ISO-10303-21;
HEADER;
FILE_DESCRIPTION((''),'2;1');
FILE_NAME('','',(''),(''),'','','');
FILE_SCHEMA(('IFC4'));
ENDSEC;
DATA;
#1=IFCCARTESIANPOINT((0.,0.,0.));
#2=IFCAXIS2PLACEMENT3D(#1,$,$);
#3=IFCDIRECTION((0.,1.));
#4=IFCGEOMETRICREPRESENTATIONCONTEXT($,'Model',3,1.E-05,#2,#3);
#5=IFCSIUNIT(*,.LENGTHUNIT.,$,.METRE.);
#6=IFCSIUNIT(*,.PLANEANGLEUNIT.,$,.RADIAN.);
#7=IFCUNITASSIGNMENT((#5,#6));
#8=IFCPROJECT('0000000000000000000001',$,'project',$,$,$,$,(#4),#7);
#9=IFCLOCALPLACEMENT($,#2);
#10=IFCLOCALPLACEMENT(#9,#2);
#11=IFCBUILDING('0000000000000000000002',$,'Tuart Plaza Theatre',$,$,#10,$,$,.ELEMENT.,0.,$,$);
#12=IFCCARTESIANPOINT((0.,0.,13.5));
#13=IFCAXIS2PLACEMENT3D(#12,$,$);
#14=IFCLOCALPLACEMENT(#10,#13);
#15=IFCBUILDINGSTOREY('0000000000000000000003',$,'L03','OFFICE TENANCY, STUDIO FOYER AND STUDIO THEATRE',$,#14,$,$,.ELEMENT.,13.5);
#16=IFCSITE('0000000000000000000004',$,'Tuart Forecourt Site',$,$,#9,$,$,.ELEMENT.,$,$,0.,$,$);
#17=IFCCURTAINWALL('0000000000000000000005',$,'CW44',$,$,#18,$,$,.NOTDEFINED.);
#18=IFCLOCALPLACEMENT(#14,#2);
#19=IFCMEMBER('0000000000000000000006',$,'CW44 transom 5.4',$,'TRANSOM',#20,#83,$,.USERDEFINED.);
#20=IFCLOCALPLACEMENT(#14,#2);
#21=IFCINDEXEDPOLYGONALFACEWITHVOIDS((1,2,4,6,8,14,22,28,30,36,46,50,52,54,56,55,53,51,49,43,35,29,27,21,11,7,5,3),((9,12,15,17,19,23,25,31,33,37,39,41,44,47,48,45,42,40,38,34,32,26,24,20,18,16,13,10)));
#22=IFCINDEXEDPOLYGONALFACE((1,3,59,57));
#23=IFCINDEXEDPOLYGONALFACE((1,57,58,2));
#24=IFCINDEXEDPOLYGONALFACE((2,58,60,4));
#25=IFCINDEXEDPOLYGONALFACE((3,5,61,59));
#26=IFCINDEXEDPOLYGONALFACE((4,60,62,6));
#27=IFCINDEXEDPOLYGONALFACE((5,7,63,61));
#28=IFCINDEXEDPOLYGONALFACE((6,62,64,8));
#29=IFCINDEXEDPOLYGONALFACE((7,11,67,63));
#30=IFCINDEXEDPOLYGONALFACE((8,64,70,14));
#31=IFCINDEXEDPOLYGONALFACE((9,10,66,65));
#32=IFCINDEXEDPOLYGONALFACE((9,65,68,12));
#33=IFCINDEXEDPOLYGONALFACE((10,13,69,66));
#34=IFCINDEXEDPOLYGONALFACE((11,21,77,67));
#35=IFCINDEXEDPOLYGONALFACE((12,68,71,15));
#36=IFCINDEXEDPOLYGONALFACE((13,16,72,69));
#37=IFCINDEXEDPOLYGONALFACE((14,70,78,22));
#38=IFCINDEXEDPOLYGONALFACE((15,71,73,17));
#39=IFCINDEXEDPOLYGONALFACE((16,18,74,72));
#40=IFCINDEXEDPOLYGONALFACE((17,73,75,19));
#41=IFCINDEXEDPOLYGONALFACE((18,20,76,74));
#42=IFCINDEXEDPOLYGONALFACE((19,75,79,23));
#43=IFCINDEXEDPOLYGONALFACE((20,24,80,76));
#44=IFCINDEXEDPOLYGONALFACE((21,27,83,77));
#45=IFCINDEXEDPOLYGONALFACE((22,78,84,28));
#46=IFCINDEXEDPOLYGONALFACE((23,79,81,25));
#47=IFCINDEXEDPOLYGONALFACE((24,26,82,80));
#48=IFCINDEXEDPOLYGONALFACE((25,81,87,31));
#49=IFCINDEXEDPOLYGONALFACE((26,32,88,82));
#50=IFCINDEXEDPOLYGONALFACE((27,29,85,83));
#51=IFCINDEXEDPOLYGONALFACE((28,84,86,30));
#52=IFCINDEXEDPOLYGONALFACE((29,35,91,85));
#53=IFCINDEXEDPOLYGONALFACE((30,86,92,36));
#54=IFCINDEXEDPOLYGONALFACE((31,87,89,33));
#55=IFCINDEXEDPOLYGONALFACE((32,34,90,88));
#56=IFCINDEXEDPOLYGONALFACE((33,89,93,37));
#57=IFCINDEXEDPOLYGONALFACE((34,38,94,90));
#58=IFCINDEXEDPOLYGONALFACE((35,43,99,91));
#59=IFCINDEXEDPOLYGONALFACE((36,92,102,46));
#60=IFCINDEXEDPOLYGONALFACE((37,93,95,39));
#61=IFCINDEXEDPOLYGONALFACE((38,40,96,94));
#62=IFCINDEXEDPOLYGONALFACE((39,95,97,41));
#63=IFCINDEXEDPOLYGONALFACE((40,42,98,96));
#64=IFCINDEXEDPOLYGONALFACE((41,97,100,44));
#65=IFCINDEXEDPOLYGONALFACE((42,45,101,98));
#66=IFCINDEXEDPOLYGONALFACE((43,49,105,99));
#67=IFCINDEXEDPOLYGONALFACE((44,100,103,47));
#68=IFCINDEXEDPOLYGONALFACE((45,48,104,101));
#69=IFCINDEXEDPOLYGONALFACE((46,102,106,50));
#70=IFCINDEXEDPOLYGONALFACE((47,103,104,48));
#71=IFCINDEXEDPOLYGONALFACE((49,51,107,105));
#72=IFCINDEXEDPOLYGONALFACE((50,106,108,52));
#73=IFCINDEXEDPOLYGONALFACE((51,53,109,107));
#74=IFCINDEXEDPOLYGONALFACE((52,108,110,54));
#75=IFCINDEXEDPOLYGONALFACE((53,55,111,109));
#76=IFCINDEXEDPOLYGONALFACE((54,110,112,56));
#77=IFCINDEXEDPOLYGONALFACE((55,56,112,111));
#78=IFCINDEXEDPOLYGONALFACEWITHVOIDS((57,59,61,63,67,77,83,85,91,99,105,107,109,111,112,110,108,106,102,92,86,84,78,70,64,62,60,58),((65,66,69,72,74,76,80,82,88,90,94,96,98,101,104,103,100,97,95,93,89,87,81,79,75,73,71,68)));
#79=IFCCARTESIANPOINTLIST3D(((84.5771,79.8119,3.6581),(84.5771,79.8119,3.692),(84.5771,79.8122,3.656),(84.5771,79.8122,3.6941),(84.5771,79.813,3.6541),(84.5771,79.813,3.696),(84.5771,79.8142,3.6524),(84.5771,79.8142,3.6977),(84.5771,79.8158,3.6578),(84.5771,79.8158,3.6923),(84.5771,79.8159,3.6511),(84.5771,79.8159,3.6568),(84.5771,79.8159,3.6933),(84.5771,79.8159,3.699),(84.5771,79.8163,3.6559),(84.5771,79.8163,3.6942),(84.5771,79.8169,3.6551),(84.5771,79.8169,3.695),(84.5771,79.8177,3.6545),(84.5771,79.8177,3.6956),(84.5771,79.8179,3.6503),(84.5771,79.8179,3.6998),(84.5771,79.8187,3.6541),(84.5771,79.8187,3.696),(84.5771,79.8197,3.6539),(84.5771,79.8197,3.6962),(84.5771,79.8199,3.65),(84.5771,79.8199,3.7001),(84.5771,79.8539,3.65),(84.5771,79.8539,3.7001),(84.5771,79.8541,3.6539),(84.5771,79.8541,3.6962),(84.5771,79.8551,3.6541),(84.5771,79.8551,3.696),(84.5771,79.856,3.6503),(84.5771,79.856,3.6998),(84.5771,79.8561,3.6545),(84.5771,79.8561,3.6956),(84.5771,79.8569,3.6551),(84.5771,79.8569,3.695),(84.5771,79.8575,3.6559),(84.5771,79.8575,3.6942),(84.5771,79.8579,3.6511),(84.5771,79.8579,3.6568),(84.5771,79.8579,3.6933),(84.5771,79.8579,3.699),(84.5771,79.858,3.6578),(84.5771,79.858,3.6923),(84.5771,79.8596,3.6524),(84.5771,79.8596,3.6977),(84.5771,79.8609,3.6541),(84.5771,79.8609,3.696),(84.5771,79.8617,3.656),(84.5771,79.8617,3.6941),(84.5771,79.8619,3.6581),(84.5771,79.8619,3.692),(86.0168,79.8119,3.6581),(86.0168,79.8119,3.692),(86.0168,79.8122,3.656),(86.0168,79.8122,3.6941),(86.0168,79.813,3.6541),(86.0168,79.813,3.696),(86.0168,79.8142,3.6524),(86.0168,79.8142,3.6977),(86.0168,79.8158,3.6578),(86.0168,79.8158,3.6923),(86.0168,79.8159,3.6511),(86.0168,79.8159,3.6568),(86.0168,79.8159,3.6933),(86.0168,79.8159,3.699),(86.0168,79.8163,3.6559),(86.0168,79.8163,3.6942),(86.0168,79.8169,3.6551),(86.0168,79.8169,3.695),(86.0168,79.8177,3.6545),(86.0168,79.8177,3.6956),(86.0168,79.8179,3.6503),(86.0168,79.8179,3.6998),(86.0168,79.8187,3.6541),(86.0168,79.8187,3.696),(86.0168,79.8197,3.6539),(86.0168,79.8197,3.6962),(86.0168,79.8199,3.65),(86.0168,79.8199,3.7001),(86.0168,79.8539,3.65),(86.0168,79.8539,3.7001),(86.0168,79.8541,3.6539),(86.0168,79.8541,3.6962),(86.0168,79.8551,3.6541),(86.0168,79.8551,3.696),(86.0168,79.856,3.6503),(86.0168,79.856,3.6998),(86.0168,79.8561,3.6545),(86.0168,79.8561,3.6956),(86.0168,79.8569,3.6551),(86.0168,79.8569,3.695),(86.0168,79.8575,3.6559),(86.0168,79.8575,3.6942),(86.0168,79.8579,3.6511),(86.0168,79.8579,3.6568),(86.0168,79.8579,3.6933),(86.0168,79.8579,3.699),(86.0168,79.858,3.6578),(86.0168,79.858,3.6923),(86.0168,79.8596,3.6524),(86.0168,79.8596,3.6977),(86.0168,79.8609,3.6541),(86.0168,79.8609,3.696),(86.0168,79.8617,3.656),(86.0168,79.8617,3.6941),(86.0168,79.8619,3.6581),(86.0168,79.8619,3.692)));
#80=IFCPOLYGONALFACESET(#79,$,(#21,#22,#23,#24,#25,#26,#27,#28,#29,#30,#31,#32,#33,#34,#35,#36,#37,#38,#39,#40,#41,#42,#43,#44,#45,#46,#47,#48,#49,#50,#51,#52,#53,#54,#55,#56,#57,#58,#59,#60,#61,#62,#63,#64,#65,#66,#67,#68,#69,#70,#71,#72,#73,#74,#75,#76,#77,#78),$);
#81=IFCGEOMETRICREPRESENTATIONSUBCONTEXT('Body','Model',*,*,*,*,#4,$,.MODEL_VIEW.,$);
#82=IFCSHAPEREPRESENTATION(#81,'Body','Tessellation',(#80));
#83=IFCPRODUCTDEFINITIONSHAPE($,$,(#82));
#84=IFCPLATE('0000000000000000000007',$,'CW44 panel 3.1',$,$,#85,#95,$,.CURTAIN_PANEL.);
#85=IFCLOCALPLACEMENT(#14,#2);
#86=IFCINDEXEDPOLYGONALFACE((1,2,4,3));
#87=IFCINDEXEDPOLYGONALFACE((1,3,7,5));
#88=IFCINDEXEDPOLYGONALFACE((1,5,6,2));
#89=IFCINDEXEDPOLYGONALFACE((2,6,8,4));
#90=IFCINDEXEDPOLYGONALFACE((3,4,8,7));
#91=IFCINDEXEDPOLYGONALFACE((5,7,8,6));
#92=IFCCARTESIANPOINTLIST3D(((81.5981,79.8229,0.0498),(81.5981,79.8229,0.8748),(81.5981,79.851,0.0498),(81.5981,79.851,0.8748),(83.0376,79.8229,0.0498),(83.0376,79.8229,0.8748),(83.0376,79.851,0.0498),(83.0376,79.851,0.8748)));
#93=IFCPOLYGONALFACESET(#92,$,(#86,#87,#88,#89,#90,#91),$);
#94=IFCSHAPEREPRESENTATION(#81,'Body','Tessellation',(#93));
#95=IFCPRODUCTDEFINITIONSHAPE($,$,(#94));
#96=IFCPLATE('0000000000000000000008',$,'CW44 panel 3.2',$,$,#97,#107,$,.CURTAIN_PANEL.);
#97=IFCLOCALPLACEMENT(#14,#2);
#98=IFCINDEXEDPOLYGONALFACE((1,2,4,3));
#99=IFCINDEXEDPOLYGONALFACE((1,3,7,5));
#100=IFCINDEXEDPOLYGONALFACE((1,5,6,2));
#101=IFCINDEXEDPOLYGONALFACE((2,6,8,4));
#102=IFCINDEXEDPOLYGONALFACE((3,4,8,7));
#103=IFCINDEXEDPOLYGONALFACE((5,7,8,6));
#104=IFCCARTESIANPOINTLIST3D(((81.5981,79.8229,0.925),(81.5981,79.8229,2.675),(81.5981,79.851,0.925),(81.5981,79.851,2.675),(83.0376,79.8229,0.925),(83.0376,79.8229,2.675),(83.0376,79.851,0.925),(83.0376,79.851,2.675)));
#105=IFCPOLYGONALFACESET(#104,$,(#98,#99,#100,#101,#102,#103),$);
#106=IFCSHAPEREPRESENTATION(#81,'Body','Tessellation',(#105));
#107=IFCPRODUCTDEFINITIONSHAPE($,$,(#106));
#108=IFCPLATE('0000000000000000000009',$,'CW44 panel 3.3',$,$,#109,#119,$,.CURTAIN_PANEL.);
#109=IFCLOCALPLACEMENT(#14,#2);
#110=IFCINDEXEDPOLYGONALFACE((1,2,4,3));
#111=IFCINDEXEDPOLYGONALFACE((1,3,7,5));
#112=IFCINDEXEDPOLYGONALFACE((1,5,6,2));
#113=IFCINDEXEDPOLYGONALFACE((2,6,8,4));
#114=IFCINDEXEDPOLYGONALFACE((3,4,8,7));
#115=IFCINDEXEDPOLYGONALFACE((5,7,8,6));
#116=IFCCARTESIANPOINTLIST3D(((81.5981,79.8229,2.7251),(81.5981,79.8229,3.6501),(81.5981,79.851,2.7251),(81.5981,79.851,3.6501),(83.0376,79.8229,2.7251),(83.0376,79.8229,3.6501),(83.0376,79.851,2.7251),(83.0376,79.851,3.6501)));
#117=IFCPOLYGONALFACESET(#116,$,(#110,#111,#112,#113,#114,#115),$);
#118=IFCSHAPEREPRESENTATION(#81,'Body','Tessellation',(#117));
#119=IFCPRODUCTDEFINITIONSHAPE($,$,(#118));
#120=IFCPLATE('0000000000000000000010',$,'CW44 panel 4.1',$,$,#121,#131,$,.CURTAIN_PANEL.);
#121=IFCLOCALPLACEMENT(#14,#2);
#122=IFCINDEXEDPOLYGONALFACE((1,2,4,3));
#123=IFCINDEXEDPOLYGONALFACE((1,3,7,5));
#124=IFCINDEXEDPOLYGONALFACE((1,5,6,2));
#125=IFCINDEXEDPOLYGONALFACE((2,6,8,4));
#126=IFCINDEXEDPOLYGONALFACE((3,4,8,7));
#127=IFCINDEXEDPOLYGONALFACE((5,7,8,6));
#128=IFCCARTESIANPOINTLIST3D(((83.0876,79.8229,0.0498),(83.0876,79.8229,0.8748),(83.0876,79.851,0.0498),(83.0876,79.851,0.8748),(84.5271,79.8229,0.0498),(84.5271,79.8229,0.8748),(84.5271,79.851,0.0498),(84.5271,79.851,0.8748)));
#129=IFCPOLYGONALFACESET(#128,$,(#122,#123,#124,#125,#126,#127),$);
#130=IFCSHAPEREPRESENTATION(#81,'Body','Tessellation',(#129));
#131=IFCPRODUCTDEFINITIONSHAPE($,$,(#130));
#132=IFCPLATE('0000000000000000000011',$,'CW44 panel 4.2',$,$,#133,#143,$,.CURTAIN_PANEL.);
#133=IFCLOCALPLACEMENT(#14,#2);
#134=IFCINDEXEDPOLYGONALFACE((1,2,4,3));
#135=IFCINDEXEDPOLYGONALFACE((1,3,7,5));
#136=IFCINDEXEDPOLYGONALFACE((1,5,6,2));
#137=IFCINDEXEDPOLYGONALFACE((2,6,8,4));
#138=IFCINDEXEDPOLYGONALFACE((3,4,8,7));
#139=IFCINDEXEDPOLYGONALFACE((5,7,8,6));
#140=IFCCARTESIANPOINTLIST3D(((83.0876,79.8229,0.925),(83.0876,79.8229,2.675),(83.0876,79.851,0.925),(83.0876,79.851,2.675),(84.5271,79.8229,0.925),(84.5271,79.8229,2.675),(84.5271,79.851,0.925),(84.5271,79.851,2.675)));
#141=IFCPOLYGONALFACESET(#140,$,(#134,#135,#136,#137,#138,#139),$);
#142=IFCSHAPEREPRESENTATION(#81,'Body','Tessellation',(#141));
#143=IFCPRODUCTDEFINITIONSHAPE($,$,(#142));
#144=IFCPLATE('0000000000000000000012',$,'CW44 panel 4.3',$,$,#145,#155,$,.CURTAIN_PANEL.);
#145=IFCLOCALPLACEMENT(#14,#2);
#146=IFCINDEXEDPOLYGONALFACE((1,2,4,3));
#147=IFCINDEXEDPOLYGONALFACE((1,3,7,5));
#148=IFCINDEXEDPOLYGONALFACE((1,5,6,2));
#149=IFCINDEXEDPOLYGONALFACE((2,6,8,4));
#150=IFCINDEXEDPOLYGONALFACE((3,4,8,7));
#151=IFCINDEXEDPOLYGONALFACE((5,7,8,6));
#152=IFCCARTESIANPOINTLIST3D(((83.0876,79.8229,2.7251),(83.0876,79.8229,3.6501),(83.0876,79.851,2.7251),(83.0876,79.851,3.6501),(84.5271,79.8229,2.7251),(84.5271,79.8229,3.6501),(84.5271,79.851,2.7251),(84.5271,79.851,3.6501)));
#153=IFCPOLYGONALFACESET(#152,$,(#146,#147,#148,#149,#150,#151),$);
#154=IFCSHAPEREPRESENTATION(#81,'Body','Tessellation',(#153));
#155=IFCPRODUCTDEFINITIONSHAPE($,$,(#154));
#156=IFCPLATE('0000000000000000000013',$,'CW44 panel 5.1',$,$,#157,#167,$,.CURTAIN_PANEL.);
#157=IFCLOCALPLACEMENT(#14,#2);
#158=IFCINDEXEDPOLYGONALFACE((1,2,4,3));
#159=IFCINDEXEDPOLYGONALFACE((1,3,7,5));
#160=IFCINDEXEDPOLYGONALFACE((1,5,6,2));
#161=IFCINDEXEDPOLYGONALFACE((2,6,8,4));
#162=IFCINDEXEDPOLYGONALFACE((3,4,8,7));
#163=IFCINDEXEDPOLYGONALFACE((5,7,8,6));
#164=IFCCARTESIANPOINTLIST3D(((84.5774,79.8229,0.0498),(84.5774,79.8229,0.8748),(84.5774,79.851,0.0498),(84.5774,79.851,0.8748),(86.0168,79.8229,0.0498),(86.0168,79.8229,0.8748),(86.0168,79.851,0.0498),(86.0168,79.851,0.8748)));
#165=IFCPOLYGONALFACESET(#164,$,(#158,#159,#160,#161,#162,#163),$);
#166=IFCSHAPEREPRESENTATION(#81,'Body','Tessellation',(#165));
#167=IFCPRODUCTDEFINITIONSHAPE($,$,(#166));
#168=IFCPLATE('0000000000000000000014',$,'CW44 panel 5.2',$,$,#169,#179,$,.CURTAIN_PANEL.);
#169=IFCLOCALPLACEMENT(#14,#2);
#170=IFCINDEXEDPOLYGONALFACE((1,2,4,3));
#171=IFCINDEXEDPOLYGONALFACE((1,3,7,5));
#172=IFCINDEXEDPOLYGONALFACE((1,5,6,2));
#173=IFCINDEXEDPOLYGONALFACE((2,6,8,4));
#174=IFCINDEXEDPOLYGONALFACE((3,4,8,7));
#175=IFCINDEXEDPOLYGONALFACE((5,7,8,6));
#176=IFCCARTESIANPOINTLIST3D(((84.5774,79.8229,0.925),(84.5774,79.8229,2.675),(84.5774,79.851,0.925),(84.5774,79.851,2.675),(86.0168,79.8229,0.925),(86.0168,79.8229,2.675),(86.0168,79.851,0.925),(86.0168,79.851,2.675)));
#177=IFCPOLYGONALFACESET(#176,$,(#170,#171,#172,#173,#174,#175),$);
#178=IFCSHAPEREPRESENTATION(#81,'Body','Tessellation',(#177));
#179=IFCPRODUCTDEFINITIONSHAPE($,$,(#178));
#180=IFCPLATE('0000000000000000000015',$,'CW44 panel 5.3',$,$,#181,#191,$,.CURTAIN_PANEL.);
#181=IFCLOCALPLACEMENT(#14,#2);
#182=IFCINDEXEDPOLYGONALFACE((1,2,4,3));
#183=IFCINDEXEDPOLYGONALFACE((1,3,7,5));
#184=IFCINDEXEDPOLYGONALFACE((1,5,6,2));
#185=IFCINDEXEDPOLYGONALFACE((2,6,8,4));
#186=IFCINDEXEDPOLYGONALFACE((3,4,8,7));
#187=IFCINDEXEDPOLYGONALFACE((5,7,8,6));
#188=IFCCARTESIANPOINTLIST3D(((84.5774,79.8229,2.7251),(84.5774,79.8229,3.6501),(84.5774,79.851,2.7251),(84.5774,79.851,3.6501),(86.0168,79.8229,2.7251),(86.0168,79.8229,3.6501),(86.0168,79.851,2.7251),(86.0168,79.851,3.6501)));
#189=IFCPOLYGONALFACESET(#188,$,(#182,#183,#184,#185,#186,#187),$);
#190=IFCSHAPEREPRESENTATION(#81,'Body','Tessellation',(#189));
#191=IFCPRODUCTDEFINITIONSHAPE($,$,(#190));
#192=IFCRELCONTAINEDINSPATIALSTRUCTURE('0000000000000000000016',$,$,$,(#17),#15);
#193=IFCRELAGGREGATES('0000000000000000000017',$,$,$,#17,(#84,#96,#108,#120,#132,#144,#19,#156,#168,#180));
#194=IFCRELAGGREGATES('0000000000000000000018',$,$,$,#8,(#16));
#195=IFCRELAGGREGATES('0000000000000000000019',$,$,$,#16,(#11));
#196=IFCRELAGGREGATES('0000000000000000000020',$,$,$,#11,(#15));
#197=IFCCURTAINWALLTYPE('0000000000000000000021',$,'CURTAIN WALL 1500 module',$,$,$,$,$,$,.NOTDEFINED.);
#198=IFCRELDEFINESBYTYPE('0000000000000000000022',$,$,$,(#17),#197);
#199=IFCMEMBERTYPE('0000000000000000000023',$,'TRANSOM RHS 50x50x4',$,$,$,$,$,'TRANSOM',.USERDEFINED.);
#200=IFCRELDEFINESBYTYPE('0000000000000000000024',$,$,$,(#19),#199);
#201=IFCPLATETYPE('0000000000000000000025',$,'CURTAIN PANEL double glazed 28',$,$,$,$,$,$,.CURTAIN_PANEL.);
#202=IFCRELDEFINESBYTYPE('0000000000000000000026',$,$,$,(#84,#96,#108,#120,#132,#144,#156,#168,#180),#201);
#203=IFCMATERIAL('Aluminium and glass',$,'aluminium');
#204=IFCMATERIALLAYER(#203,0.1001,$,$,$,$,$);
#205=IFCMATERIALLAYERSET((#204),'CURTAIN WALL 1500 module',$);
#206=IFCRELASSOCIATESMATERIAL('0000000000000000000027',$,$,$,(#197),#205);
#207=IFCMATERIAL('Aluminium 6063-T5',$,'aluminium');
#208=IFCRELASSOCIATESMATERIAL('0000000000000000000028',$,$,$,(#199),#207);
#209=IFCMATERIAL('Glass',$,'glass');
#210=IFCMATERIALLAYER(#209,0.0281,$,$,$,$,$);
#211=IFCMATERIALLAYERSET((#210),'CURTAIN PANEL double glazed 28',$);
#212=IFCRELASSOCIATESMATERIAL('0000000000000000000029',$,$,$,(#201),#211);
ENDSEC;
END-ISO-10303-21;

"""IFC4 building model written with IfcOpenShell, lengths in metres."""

from ifc_helpers import new_model, si_unit, direction, frame, origin, origin_2d, place, context, subcontext, project, spatial, rectangle, hollow_rectangle, extrude, material, layer, layer_set, material_profile, profile_set, type_object, element, aggregate, save


model = new_model("IFC4")

# Units and contexts
model_context = context("Model", 3, precision=1e-05, world=origin(), true_north=direction((0.0, 1.0)))
body_context = subcontext(model_context, "Body", "Model", "MODEL_VIEW")
ifc_project = project(units=[si_unit("LENGTHUNIT", "METRE"), si_unit("PLANEANGLEUNIT", "RADIAN")], contexts=[model_context])

# Site, building, storey
site_placement = place(None, origin())
site = spatial("IfcSite", under=ifc_project, at=site_placement, Name="Tuart Forecourt Site", CompositionType="ELEMENT", RefElevation=0.0)
building_placement = place(site_placement, origin())
building = spatial("IfcBuilding", under=site, at=building_placement, Name="Tuart Plaza Theatre", CompositionType="ELEMENT", ElevationOfRefHeight=0.0)
storey_placement = place(building_placement, frame((0.0, 0.0, 13.5)))
storey = spatial("IfcBuildingStorey", under=building, at=storey_placement, Name="L03", Description="OFFICE TENANCY, STUDIO FOYER AND STUDIO THEATRE", CompositionType="ELEMENT", Elevation=13.5)

# Curtain wall, member, plates
ifc_material_1 = material(Name="Aluminium and glass", Category="aluminium")
ifc_layer_1 = layer(ifc_material_1, 0.1001)
ifc_layer_set_1 = layer_set([ifc_layer_1], Name="CURTAIN WALL 1500 module")
curtain_wall_type = type_object("IfcCurtainWallType", Name="CURTAIN WALL 1500 module", PredefinedType="NOTDEFINED", material=ifc_layer_set_1)
curtain_wall_placement = place(storey_placement, origin())
curtain_wall = element("IfcCurtainWall", 1, at=curtain_wall_placement, inside=storey, type_object=curtain_wall_type, Name="CW44", PredefinedType="NOTDEFINED")
ifc_material_2 = material(Name="Aluminium 6063-T5", Category="aluminium")
ifc_material_profile_1 = material_profile(ifc_material_2, hollow_rectangle(XDim=0.05, YDim=0.05, WallThickness=0.0039, InnerFilletRadius=0.0039, OuterFilletRadius=0.0081, at=origin_2d()), Name="RHS 50x50x4")
ifc_profile_set_1 = profile_set([ifc_material_profile_1], Name="Aluminium 6063-T5")
member_type_1 = type_object("IfcMemberType", Name="TRANSOM RHS 50x50x4", ElementType="TRANSOM", PredefinedType="USERDEFINED", material=ifc_profile_set_1)
member_1_placement = place(storey_placement, frame((84.5771, 79.8369, 3.675), z_axis=(1.0, 0.0, 0.0), x_axis=(0.0, 1.0, 0.0)))
member_1 = element("IfcMember", 2, at=member_1_placement, type_object=member_type_1, Name="CW44 transom 5.4", ObjectType="TRANSOM", PredefinedType="USERDEFINED", context=body_context, shape_type="SweptSolid", body=[
    extrude(hollow_rectangle(XDim=0.05, YDim=0.05, WallThickness=0.0039, InnerFilletRadius=0.0039, OuterFilletRadius=0.0081, at=origin_2d()), origin(), (0.0, 0.0, 1.0), 1.4397),
])
ifc_material_3 = material(Name="Glass", Category="glass")
ifc_layer_2 = layer(ifc_material_3, 0.0281)
ifc_layer_set_2 = layer_set([ifc_layer_2], Name="CURTAIN PANEL double glazed 28")
plate_type = type_object("IfcPlateType", Name="CURTAIN PANEL double glazed 28", PredefinedType="CURTAIN_PANEL", material=ifc_layer_set_2)
plate_1_placement = place(storey_placement, frame((82.3179, 79.8369, 0.0498), z_axis=(0.0, 0.0, 1.0), x_axis=(1.0, 0.0, 0.0)))
plate_1 = element("IfcPlate", 3, at=plate_1_placement, type_object=plate_type, Name="CW44 panel 3.1", PredefinedType="CURTAIN_PANEL", context=body_context, shape_type="SweptSolid", body=[
    extrude(rectangle(XDim=1.4395, YDim=0.0281, at=origin_2d()), origin(), (0.0, 0.0, 1.0), 0.825),
])
plate_2_placement = place(storey_placement, frame((82.3179, 79.8369, 0.925), z_axis=(0.0, 0.0, 1.0), x_axis=(1.0, 0.0, 0.0)))
plate_2 = element("IfcPlate", 4, at=plate_2_placement, type_object=plate_type, Name="CW44 panel 3.2", PredefinedType="CURTAIN_PANEL", context=body_context, shape_type="SweptSolid", body=[
    extrude(rectangle(XDim=1.4395, YDim=0.0281, at=origin_2d()), origin(), (0.0, 0.0, 1.0), 1.75),
])
plate_3_placement = place(storey_placement, frame((82.3179, 79.8369, 2.7251), z_axis=(0.0, 0.0, 1.0), x_axis=(1.0, 0.0, 0.0)))
plate_3 = element("IfcPlate", 5, at=plate_3_placement, type_object=plate_type, Name="CW44 panel 3.3", PredefinedType="CURTAIN_PANEL", context=body_context, shape_type="SweptSolid", body=[
    extrude(rectangle(XDim=1.4395, YDim=0.0281, at=origin_2d()), origin(), (0.0, 0.0, 1.0), 0.925),
])
plate_4_placement = place(storey_placement, frame((83.8074, 79.8369, 0.0498), z_axis=(0.0, 0.0, 1.0), x_axis=(1.0, 0.0, 0.0)))
plate_4 = element("IfcPlate", 6, at=plate_4_placement, type_object=plate_type, Name="CW44 panel 4.1", PredefinedType="CURTAIN_PANEL", context=body_context, shape_type="SweptSolid", body=[
    extrude(rectangle(XDim=1.4395, YDim=0.0281, at=origin_2d()), origin(), (0.0, 0.0, 1.0), 0.825),
])
plate_5_placement = place(storey_placement, frame((83.8074, 79.8369, 0.925), z_axis=(0.0, 0.0, 1.0), x_axis=(1.0, 0.0, 0.0)))
plate_5 = element("IfcPlate", 7, at=plate_5_placement, type_object=plate_type, Name="CW44 panel 4.2", PredefinedType="CURTAIN_PANEL", context=body_context, shape_type="SweptSolid", body=[
    extrude(rectangle(XDim=1.4395, YDim=0.0281, at=origin_2d()), origin(), (0.0, 0.0, 1.0), 1.75),
])
plate_6_placement = place(storey_placement, frame((83.8074, 79.8369, 2.7251), z_axis=(0.0, 0.0, 1.0), x_axis=(1.0, 0.0, 0.0)))
plate_6 = element("IfcPlate", 8, at=plate_6_placement, type_object=plate_type, Name="CW44 panel 4.3", PredefinedType="CURTAIN_PANEL", context=body_context, shape_type="SweptSolid", body=[
    extrude(rectangle(XDim=1.4395, YDim=0.0281, at=origin_2d()), origin(), (0.0, 0.0, 1.0), 0.925),
])
plate_7_placement = place(storey_placement, frame((85.2971, 79.8369, 0.0498), z_axis=(0.0, 0.0, 1.0), x_axis=(1.0, 0.0, 0.0)))
plate_7 = element("IfcPlate", 9, at=plate_7_placement, type_object=plate_type, Name="CW44 panel 5.1", PredefinedType="CURTAIN_PANEL", context=body_context, shape_type="SweptSolid", body=[
    extrude(rectangle(XDim=1.4395, YDim=0.0281, at=origin_2d()), origin(), (0.0, 0.0, 1.0), 0.825),
])
plate_8_placement = place(storey_placement, frame((85.2971, 79.8369, 0.925), z_axis=(0.0, 0.0, 1.0), x_axis=(1.0, 0.0, 0.0)))
plate_8 = element("IfcPlate", 10, at=plate_8_placement, type_object=plate_type, Name="CW44 panel 5.2", PredefinedType="CURTAIN_PANEL", context=body_context, shape_type="SweptSolid", body=[
    extrude(rectangle(XDim=1.4395, YDim=0.0281, at=origin_2d()), origin(), (0.0, 0.0, 1.0), 1.75),
])
plate_9_placement = place(storey_placement, frame((85.2971, 79.8369, 2.7251), z_axis=(0.0, 0.0, 1.0), x_axis=(1.0, 0.0, 0.0)))
plate_9 = element("IfcPlate", 11, at=plate_9_placement, type_object=plate_type, Name="CW44 panel 5.3", PredefinedType="CURTAIN_PANEL", context=body_context, shape_type="SweptSolid", body=[
    extrude(rectangle(XDim=1.4395, YDim=0.0281, at=origin_2d()), origin(), (0.0, 0.0, 1.0), 0.925),
])
aggregate(curtain_wall, [plate_1, plate_2, plate_3, plate_4, plate_5, plate_6, member_1, plate_7, plate_8, plate_9])

save(model, "model.ifc")
